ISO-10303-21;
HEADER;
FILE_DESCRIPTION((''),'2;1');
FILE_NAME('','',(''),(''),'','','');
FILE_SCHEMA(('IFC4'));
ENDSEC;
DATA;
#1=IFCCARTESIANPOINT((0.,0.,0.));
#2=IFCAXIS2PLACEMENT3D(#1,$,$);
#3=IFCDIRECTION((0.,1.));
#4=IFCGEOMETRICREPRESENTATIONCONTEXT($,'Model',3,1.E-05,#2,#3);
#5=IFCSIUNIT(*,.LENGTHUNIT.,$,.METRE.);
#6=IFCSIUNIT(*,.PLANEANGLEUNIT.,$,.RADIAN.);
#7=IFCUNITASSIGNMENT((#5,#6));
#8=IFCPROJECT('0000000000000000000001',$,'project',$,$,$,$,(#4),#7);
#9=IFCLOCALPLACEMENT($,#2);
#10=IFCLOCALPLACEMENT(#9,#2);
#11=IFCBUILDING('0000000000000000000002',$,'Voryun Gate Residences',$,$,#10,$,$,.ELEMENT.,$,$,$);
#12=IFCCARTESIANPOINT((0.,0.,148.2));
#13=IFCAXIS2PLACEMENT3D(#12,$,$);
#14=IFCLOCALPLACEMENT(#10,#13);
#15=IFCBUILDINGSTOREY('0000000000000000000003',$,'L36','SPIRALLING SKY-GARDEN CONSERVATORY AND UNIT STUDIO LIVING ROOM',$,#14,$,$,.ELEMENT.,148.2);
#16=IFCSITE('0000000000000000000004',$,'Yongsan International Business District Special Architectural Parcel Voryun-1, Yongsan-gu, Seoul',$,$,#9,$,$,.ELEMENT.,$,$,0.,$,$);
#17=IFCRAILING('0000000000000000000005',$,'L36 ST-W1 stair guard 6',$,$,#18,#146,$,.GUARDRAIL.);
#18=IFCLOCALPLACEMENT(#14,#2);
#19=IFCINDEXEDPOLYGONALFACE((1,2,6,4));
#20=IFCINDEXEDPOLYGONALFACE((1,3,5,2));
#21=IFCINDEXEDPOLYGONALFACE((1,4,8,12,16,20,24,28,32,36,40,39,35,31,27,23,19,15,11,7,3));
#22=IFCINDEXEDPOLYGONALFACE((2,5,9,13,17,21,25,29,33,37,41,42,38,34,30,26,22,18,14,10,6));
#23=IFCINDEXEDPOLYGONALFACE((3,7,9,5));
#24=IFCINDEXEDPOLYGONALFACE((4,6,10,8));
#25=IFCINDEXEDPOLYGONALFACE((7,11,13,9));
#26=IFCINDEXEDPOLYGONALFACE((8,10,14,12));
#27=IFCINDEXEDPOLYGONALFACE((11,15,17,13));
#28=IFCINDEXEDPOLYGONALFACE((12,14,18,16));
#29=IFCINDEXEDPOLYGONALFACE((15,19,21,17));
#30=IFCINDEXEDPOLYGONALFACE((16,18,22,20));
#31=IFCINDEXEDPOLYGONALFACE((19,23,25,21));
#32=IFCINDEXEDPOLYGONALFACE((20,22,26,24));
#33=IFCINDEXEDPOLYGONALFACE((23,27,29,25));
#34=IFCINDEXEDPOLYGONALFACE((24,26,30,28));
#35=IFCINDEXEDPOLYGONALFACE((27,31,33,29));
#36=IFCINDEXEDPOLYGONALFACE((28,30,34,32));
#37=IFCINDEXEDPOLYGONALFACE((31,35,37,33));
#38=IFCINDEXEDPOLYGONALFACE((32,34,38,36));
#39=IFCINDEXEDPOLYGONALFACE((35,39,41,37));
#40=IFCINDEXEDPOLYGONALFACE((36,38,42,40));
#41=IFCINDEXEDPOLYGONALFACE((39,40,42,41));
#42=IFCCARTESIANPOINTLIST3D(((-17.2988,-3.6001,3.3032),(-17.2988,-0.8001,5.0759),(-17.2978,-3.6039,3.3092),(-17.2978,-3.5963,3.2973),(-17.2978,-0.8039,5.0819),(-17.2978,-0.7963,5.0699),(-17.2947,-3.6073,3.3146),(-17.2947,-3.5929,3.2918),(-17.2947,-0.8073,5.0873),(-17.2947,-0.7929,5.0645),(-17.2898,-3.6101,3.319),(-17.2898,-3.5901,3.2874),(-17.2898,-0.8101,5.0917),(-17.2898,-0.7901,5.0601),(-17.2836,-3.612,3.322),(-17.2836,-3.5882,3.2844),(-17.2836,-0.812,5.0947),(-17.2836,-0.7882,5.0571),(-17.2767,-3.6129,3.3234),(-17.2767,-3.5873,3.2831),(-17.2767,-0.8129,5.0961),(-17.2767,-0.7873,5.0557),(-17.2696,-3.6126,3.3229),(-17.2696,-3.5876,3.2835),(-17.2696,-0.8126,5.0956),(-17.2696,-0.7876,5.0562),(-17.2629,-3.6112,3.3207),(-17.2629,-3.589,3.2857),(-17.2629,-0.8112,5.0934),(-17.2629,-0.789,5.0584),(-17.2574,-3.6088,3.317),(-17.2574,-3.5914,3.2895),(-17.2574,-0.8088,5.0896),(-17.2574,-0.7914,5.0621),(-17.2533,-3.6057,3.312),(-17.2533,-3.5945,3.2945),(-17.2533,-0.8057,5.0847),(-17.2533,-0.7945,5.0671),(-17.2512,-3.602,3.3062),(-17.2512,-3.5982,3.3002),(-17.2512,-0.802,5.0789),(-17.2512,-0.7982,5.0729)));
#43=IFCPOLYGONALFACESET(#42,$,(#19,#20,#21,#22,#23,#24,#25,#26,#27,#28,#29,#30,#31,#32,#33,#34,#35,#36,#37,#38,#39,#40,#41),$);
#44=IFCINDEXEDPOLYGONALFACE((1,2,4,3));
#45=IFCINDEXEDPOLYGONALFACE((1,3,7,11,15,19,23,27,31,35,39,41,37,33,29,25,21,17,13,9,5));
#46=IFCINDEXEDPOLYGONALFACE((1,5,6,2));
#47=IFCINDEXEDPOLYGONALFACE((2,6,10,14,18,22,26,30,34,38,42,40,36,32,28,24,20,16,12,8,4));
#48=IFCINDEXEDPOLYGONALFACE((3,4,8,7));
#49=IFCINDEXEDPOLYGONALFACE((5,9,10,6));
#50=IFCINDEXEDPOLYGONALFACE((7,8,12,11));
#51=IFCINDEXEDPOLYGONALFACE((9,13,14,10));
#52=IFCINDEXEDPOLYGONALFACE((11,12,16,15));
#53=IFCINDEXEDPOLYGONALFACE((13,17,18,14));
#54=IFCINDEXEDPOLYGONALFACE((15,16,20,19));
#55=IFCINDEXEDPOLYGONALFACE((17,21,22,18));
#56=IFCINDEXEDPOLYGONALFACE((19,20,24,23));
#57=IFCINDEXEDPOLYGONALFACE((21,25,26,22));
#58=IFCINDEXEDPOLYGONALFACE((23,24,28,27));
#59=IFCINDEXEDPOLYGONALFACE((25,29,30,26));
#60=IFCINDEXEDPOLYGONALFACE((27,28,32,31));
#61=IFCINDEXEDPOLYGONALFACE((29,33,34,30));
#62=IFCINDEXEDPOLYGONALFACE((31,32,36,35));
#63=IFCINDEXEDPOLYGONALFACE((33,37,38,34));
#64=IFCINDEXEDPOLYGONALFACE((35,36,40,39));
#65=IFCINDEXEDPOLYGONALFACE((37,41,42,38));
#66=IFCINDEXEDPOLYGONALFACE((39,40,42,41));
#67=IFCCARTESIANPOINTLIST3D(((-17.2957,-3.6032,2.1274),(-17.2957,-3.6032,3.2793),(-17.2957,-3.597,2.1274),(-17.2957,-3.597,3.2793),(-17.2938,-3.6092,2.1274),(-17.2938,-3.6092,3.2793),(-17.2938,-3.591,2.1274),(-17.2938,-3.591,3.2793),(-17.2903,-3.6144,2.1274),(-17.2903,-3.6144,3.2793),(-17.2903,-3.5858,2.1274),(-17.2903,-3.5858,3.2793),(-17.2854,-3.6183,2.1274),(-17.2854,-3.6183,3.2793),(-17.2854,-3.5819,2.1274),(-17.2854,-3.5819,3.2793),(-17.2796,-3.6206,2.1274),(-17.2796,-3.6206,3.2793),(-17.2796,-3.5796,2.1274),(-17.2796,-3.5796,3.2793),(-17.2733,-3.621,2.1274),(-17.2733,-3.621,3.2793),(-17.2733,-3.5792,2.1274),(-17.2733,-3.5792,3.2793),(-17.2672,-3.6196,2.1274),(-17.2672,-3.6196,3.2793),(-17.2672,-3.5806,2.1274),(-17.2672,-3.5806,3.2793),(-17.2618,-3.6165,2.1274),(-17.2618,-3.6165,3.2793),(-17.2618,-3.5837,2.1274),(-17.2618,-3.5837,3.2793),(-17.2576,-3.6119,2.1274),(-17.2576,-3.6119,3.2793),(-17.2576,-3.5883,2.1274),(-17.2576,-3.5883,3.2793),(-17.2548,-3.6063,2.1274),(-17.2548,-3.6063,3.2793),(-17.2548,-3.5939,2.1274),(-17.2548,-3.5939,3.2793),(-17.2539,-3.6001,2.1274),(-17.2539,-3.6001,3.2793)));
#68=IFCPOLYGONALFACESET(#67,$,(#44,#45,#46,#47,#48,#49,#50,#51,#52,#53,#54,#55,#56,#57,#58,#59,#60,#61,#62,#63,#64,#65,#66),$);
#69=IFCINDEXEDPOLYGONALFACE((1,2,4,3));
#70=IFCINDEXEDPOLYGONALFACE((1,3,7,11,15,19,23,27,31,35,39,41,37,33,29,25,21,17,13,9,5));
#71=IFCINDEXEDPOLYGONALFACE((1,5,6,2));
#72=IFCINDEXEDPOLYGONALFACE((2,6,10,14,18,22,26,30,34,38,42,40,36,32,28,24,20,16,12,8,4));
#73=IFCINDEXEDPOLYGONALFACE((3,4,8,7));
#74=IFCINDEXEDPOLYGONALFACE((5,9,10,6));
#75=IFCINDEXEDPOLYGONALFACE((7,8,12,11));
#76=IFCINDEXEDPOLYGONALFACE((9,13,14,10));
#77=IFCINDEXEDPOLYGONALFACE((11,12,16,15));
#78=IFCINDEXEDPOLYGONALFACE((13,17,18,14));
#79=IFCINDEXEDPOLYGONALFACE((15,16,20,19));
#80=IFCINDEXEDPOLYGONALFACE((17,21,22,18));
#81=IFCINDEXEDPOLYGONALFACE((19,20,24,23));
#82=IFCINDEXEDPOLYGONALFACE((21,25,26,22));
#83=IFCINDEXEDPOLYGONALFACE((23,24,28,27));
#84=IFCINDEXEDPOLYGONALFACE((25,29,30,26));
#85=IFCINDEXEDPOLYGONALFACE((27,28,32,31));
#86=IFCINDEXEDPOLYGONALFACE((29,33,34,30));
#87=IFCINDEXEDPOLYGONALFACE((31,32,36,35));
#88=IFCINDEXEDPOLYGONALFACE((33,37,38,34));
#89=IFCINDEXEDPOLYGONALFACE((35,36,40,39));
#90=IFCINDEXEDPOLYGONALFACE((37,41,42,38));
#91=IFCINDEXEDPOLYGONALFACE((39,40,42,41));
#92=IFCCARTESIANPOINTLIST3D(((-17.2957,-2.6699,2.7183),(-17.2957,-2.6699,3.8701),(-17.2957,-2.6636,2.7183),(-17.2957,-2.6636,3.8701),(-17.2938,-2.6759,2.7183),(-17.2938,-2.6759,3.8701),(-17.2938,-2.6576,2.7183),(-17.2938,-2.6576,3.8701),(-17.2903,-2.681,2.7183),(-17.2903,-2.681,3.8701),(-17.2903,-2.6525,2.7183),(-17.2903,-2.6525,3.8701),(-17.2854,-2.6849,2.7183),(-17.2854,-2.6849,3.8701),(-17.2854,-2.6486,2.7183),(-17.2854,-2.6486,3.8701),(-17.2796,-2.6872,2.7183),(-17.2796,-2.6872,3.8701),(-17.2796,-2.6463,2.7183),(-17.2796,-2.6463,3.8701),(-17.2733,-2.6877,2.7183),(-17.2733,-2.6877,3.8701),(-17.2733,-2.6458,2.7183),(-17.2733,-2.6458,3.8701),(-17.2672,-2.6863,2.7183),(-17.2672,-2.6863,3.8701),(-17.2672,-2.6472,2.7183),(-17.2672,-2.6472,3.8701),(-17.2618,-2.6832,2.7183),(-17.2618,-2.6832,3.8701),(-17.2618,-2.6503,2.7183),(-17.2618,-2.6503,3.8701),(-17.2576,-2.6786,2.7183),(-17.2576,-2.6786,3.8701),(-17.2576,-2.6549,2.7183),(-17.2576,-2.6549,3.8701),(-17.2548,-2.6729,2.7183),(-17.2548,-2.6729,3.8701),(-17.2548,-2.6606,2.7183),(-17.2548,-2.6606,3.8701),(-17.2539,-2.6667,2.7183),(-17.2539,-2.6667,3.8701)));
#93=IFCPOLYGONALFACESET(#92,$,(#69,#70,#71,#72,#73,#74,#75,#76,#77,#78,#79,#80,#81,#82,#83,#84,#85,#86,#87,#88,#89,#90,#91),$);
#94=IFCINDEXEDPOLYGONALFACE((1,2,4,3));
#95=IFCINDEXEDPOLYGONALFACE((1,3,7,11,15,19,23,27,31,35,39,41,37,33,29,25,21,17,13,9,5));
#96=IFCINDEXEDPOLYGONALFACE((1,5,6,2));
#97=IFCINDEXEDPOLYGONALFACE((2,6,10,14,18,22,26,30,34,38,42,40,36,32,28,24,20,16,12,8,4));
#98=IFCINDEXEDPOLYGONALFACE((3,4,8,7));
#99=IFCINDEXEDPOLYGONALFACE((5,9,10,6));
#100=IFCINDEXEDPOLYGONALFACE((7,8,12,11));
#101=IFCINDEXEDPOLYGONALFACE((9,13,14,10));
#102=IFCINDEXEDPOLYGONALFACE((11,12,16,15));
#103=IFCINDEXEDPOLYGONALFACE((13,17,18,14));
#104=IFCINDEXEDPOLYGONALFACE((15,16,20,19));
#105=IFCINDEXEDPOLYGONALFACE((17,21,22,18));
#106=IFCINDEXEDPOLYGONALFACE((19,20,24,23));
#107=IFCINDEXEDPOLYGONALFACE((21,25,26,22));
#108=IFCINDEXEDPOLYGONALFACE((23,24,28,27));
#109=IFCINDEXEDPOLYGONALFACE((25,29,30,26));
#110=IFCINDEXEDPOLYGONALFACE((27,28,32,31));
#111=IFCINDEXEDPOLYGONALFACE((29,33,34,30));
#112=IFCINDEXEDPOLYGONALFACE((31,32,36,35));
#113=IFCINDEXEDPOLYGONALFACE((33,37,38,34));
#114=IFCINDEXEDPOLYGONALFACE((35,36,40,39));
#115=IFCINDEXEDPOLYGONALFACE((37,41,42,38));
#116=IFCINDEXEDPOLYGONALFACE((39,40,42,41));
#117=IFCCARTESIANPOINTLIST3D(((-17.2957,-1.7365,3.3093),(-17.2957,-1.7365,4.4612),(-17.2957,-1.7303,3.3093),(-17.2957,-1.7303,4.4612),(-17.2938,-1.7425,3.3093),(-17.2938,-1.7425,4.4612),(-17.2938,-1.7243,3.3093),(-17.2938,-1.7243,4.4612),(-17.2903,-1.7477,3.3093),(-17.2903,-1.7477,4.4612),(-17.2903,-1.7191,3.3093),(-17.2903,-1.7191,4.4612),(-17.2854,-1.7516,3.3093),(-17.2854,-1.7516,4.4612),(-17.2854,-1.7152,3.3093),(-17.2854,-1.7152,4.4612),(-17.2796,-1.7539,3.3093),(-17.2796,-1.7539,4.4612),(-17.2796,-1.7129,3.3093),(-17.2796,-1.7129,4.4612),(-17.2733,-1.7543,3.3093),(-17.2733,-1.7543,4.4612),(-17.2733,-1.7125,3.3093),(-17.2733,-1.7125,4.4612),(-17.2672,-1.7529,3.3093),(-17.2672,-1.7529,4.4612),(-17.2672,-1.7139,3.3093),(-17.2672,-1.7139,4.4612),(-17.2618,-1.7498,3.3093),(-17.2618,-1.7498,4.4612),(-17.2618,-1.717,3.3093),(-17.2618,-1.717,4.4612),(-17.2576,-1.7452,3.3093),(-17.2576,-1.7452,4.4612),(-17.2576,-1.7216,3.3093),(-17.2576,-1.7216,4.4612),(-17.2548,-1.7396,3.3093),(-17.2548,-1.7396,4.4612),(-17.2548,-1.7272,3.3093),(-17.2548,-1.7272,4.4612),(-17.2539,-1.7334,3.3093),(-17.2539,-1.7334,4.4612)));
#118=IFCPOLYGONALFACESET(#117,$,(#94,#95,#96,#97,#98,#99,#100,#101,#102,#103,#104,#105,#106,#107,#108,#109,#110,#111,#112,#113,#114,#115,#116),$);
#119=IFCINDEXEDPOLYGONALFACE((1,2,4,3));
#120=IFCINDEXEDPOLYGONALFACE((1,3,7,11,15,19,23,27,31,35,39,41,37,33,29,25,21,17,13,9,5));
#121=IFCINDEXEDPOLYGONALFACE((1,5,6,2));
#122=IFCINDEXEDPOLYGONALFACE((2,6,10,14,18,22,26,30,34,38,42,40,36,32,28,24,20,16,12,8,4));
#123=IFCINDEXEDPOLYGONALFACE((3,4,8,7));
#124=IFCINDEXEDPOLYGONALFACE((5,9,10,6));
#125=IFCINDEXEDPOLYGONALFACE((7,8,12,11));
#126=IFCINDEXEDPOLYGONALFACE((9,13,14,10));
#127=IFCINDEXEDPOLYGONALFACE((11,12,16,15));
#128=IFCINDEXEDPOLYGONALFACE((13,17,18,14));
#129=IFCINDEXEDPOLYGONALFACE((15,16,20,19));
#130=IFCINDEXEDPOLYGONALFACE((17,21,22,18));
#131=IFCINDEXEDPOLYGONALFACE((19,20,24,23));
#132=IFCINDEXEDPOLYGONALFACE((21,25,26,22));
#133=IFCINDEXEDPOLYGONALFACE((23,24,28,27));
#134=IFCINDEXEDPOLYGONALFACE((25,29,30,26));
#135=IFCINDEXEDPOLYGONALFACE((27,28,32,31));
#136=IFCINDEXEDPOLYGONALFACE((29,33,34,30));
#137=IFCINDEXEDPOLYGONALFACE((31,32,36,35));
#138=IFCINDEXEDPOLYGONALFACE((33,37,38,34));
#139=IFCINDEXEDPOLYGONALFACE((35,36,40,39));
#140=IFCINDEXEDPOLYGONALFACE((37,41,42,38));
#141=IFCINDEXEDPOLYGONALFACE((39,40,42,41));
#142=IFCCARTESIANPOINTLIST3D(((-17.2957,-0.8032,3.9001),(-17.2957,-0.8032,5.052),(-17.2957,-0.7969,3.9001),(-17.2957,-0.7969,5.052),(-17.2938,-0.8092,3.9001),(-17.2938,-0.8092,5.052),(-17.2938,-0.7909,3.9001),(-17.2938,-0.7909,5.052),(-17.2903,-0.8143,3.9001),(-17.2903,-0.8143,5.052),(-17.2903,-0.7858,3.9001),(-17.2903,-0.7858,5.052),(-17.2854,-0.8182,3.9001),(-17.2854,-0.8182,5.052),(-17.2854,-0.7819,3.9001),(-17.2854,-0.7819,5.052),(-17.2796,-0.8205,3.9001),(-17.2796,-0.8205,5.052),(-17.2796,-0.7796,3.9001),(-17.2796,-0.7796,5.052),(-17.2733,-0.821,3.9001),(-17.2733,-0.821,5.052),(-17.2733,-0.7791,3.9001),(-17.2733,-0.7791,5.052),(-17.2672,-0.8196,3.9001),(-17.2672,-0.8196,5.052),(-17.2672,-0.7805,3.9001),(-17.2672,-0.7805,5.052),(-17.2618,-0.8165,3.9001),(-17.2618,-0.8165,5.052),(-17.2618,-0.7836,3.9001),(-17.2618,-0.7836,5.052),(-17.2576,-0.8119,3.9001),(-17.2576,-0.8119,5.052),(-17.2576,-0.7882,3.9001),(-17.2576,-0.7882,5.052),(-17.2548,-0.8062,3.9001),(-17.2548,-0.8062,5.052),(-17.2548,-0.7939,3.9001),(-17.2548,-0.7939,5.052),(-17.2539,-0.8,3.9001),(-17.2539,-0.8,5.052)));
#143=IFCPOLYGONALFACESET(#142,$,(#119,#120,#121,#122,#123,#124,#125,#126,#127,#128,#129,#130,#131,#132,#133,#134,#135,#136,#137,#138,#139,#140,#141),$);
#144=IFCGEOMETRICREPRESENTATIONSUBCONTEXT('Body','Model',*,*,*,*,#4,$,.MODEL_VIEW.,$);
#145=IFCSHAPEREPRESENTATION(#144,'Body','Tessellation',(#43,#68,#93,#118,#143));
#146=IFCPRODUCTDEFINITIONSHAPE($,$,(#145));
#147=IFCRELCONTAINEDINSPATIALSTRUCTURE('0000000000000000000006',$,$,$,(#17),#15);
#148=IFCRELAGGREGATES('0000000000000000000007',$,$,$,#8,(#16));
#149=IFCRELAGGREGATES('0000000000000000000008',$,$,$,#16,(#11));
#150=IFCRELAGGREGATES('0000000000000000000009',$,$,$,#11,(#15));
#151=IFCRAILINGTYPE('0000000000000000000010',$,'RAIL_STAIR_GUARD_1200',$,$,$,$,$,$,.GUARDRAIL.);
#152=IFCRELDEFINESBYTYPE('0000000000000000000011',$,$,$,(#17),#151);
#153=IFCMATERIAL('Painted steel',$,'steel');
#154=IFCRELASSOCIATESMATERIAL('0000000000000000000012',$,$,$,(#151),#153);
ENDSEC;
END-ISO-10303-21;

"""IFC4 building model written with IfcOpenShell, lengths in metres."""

from ifc_helpers import new_model, si_unit, direction, frame, origin, origin_2d, place, context, subcontext, project, spatial, circle, extrude, material, type_object, element, save


model = new_model("IFC4")

# Units and contexts
model_context = context("Model", 3, precision=1e-05, world=origin(), true_north=direction((0.0, 1.0)))
body_context = subcontext(model_context, "Body", "Model", "MODEL_VIEW")
ifc_project = project(units=[si_unit("LENGTHUNIT", "METRE"), si_unit("PLANEANGLEUNIT", "RADIAN")], contexts=[model_context])

# Site, building, storey
site_placement = place(None, origin())
site = spatial("IfcSite", under=ifc_project, at=site_placement, Name="Yongsan International Business District Special Architectural Parcel Voryun-1, Yongsan-gu, Seoul", CompositionType="ELEMENT", RefElevation=0.0)
building_placement = place(site_placement, origin())
building = spatial("IfcBuilding", under=site, at=building_placement, Name="Voryun Gate Residences", CompositionType="ELEMENT")
storey_placement = place(building_placement, frame((0.0, 0.0, 148.2)))
storey = spatial("IfcBuildingStorey", under=building, at=storey_placement, Name="L36", Description="SPIRALLING SKY-GARDEN CONSERVATORY AND UNIT STUDIO LIVING ROOM", CompositionType="ELEMENT", Elevation=148.2)

# Railing
ifc_material_1 = material(Name="Painted steel", Category="steel")
railing_type_1 = type_object("IfcRailingType", Name="RAIL_STAIR_GUARD_1200", PredefinedType="GUARDRAIL", material=ifc_material_1)
railing_1_placement = place(storey_placement, frame((-17.2749, -3.6001, 2.1274)))
element("IfcRailing", 1, at=railing_1_placement, inside=storey, type_object=railing_type_1, Name="L36 ST-W1 stair guard 6", PredefinedType="GUARDRAIL", context=body_context, shape_type="SweptSolid", body=[
    extrude(circle(Radius=0.0239, at=origin_2d()), frame((0.0, 0.0, 1.1758), z_axis=(0.0, 0.844909, 0.53491), x_axis=(-1.0, 0.0, 0.0)), (0.0, 0.0, 1.0), 3.314),
    extrude(circle(Radius=0.021, at=origin_2d()), origin(), (0.0, 0.0, 1.0), 1.1519),
    extrude(circle(Radius=0.021, at=origin_2d()), frame((0.0, 0.9333, 0.5908)), (0.0, 0.0, 1.0), 1.1519),
    extrude(circle(Radius=0.021, at=origin_2d()), frame((0.0, 1.8667, 1.1819)), (0.0, 0.0, 1.0), 1.1519),
    extrude(circle(Radius=0.021, at=origin_2d()), frame((0.0, 2.8, 1.7727)), (0.0, 0.0, 1.0), 1.1519),
])

save(model, "model.ifc")
